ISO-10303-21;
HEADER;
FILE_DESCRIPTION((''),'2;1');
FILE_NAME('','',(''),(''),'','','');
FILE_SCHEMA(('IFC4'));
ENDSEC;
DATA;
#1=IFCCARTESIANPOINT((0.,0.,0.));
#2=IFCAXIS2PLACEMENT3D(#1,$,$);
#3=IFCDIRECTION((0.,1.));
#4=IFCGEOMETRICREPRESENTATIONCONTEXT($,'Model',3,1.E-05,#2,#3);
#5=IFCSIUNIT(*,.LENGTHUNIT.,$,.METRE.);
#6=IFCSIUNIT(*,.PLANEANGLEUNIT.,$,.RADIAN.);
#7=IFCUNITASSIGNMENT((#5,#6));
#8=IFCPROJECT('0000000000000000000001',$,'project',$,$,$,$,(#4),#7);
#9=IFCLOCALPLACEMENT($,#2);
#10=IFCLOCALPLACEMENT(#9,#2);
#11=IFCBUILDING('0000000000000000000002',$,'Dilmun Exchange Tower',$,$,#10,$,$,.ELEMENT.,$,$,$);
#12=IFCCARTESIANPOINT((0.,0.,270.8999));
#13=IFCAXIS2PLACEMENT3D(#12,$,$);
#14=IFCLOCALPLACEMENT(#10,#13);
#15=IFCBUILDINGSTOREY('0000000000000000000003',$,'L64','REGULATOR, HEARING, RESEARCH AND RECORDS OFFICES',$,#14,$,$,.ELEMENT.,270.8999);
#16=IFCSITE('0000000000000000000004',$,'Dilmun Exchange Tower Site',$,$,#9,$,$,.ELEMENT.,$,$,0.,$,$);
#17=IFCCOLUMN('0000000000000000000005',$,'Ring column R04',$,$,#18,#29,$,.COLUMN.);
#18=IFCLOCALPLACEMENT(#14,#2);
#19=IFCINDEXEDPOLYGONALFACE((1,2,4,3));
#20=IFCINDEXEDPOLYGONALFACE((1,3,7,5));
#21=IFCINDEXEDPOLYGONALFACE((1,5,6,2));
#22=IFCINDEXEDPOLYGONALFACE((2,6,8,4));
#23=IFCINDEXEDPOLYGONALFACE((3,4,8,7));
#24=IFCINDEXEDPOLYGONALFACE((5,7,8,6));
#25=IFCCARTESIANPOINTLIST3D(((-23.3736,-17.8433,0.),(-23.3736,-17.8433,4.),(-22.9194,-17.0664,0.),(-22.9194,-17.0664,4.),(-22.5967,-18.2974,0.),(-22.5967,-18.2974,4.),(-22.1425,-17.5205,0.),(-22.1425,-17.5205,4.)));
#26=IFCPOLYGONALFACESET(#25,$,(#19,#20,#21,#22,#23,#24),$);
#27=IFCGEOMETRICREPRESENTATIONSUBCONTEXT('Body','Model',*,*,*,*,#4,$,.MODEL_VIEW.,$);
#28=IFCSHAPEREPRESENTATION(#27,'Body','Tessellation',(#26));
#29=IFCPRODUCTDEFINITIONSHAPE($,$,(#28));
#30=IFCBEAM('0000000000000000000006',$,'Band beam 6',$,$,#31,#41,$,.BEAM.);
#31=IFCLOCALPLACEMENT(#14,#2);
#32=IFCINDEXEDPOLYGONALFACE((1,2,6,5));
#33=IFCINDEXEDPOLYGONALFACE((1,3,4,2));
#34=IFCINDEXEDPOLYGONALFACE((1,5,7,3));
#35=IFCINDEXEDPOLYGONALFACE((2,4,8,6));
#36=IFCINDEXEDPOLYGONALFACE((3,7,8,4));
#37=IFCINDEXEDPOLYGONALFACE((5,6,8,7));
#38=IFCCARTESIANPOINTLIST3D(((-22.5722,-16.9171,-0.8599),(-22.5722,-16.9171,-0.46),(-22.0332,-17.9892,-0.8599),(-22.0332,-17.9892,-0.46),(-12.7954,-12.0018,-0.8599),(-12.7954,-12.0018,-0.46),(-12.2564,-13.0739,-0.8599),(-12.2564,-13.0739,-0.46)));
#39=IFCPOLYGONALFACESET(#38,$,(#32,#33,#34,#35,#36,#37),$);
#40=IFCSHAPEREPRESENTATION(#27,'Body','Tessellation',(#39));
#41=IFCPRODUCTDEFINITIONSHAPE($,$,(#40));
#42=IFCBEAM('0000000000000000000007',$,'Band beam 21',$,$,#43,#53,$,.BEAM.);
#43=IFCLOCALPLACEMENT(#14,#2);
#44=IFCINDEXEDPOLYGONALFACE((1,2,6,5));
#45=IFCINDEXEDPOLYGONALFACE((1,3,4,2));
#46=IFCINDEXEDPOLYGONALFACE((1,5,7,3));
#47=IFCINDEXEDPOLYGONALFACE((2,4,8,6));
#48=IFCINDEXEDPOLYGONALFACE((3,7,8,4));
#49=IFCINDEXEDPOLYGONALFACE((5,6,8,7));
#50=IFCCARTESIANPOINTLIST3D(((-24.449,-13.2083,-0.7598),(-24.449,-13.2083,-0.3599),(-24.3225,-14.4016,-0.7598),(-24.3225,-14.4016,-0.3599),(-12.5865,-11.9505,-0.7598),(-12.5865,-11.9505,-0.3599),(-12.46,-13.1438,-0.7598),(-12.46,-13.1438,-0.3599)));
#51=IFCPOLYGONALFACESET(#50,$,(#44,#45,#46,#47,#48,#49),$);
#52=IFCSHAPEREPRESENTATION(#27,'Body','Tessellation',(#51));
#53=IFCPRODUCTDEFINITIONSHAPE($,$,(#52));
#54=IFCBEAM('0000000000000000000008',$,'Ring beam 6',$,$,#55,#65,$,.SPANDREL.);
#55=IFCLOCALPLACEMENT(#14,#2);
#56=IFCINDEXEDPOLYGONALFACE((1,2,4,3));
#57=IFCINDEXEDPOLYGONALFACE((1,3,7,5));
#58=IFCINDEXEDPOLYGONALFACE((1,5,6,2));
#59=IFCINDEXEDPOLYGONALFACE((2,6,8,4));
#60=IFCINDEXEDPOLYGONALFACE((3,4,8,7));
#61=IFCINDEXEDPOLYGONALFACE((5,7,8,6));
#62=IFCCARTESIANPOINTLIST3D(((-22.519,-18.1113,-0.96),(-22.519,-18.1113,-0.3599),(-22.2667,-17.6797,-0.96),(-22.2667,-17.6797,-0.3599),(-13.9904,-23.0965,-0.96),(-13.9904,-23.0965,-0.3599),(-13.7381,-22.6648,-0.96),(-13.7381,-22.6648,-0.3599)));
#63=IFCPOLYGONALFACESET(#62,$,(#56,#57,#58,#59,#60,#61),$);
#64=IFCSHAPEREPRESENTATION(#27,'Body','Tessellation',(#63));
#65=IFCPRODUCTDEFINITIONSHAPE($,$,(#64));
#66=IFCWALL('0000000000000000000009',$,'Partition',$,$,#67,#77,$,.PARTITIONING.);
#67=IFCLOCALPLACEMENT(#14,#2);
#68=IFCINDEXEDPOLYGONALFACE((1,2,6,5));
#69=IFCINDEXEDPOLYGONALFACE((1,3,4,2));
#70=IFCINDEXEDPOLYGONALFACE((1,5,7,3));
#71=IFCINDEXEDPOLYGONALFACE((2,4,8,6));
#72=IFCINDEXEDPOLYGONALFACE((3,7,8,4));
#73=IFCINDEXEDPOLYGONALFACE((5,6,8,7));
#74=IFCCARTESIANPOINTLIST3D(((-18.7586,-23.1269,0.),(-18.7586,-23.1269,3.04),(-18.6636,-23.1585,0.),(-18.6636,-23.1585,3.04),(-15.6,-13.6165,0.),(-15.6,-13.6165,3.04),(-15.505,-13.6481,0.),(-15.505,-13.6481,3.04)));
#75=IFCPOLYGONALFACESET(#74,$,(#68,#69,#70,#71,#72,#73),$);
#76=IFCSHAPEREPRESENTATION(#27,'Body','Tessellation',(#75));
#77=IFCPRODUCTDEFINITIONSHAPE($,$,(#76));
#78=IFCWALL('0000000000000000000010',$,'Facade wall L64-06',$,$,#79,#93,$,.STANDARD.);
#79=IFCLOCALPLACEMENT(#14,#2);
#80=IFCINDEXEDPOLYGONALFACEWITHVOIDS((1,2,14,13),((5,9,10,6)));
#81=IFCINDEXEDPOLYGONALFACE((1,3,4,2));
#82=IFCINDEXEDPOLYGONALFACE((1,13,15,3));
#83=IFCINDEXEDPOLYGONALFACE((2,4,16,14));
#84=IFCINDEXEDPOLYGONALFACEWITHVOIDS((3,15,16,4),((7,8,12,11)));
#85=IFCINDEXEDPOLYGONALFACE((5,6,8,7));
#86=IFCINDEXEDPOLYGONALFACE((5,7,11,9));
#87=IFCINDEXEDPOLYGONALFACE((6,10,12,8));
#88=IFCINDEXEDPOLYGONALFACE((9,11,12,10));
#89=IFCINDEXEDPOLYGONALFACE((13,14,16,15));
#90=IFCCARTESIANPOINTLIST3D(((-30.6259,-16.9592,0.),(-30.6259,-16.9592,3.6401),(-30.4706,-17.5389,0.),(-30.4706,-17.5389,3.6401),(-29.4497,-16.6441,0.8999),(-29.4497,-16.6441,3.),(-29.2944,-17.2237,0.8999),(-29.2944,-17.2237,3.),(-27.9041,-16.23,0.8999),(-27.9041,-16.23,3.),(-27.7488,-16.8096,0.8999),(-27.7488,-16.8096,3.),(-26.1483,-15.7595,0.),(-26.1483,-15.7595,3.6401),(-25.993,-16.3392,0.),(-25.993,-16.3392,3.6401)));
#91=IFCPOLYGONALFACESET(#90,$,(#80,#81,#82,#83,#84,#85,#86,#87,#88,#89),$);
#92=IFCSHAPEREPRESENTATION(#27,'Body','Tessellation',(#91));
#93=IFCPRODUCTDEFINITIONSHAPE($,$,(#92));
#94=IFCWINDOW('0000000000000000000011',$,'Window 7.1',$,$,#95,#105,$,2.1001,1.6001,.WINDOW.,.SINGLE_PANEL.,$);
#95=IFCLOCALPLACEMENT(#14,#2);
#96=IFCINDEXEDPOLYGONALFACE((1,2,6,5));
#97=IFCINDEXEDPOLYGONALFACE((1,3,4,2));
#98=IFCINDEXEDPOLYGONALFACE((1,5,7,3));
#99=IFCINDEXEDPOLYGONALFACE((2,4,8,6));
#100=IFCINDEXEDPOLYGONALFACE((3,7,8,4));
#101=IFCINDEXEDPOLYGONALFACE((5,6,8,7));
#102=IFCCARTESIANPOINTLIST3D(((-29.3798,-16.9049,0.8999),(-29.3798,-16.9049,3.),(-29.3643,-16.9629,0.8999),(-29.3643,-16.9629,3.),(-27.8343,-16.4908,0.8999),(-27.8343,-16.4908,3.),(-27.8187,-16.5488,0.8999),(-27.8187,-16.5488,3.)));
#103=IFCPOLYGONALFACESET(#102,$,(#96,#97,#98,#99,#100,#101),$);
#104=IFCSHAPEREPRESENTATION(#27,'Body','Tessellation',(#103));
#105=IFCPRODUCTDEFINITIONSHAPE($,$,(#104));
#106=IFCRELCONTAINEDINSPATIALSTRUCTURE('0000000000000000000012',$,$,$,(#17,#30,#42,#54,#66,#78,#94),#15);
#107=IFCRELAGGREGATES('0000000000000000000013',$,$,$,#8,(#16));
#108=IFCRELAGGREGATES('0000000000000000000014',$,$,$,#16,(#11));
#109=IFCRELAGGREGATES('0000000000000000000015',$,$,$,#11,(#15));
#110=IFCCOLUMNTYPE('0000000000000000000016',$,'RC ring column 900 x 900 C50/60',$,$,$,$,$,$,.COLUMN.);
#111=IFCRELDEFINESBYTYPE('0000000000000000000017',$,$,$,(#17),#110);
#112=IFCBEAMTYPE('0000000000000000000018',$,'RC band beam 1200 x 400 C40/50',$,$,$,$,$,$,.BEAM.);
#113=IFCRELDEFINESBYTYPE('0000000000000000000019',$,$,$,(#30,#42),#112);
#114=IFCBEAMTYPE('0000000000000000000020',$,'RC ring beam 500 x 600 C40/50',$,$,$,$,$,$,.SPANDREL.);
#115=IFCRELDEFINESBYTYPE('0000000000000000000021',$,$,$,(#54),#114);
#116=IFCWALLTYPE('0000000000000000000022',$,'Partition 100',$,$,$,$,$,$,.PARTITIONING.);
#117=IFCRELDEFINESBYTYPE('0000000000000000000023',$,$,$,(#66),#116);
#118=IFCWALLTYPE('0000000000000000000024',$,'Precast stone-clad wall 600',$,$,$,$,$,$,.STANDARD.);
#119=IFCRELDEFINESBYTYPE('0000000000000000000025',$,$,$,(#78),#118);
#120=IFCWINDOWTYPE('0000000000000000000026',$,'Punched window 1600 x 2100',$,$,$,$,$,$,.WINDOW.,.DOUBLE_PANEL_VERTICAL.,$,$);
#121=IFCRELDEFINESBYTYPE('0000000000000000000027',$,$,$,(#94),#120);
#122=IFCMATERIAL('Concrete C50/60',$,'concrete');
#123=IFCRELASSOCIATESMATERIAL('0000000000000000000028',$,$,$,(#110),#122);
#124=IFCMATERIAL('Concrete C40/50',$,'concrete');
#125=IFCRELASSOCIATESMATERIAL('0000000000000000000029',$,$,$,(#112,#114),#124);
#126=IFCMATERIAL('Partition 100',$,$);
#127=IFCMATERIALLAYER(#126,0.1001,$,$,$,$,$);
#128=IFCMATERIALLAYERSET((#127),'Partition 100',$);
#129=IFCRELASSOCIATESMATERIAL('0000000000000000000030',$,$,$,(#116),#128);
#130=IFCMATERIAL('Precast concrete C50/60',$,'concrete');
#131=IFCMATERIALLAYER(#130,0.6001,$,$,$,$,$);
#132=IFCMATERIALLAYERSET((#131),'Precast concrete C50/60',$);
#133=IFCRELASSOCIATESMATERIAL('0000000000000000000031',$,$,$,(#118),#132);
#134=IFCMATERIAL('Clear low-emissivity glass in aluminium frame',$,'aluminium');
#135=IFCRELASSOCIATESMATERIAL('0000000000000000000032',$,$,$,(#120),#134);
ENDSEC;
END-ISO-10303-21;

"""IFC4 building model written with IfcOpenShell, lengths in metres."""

from ifc_helpers import new_model, si_unit, direction, frame, frame_2d, origin, origin_2d, place, context, subcontext, project, spatial, rectangle, extrude, material, layer, layer_set, material_profile, profile_set, type_object, element, fill, save


model = new_model("IFC4")

# Units and contexts
model_context = context("Model", 3, precision=1e-05, world=origin(), true_north=direction((0.0, 1.0)))
body_context = subcontext(model_context, "Body", "Model", "MODEL_VIEW")
ifc_project = project(units=[si_unit("LENGTHUNIT", "METRE"), si_unit("PLANEANGLEUNIT", "RADIAN")], contexts=[model_context])

# Site, building, storey
site_placement = place(None, origin())
site = spatial("IfcSite", under=ifc_project, at=site_placement, Name="Dilmun Exchange Tower Site", CompositionType="ELEMENT", RefElevation=0.0)
building_placement = place(site_placement, origin())
building = spatial("IfcBuilding", under=site, at=building_placement, Name="Dilmun Exchange Tower", CompositionType="ELEMENT")
storey_placement = place(building_placement, frame((0.0, 0.0, 270.8999)))
storey = spatial("IfcBuildingStorey", under=building, at=storey_placement, Name="L64", Description="REGULATOR, HEARING, RESEARCH AND RECORDS OFFICES", CompositionType="ELEMENT", Elevation=270.8999)

# Column
ifc_material_1 = material(Name="Concrete C50/60", Category="concrete")
ifc_material_profile_1 = material_profile(ifc_material_1, rectangle(XDim=0.8999, YDim=0.8999, at=origin_2d()), Name="900 x 900")
ifc_profile_set_1 = profile_set([ifc_material_profile_1], Name="Concrete C50/60")
column_type = type_object("IfcColumnType", Name="RC ring column 900 x 900 C50/60", PredefinedType="COLUMN", material=ifc_profile_set_1)
column_placement = place(storey_placement, frame((-22.7581, -17.6819, 0.0), z_axis=(0.0, 0.0, 1.0), x_axis=(0.504644, 0.863328, 0.0)))
element("IfcColumn", 1, at=column_placement, inside=storey, type_object=column_type, Name="Ring column R04", PredefinedType="COLUMN", context=body_context, shape_type="SweptSolid", body=[
    extrude(rectangle(XDim=0.8999, YDim=0.8999, at=origin_2d()), origin(), (0.0, 0.0, 1.0), 4.0),
])

# Beams
ifc_material_2 = material(Name="Concrete C40/50", Category="concrete")
ifc_material_profile_2 = material_profile(ifc_material_2, rectangle(XDim=1.2, YDim=0.3999, at=origin_2d()), Name="1200 x 400")
ifc_profile_set_2 = profile_set([ifc_material_profile_2], Name="Concrete C40/50")
beam_type_1 = type_object("IfcBeamType", Name="RC band beam 1200 x 400 C40/50", PredefinedType="BEAM", material=ifc_profile_set_2)
beam_1_placement = place(storey_placement, frame((-22.3027, -17.4531, -0.6599), z_axis=(0.893443, 0.449176, 0.0), x_axis=(-0.449176, 0.893443, 0.0)))
element("IfcBeam", 2, at=beam_1_placement, inside=storey, type_object=beam_type_1, Name="Band beam 6", PredefinedType="BEAM", context=body_context, shape_type="SweptSolid", body=[
    extrude(rectangle(XDim=1.2, YDim=0.3999, at=origin_2d()), origin(), (0.0, 0.0, 1.0), 10.9429),
])
beam_2_placement = place(storey_placement, frame((-24.3857, -13.8049, -0.5598), z_axis=(0.994426, 0.105441, 0.0), x_axis=(-0.105441, 0.994426, 0.0)))
element("IfcBeam", 3, at=beam_2_placement, inside=storey, type_object=beam_type_1, Name="Band beam 21", PredefinedType="BEAM", context=body_context, shape_type="SweptSolid", body=[
    extrude(rectangle(XDim=1.2, YDim=0.3999, at=origin_2d()), origin(), (0.0, 0.0, 1.0), 11.929),
])
ifc_material_profile_3 = material_profile(ifc_material_2, rectangle(XDim=0.5, YDim=0.6001, at=origin_2d()), Name="500 x 600")
ifc_profile_set_3 = profile_set([ifc_material_profile_3], Name="Concrete C40/50")
beam_type_2 = type_object("IfcBeamType", Name="RC ring beam 500 x 600 C40/50", PredefinedType="SPANDREL", material=ifc_profile_set_3)
beam_3_placement = place(storey_placement, frame((-22.3928, -17.8955, -0.6599), z_axis=(0.863333, -0.504635, 0.0), x_axis=(0.504635, 0.863333, 0.0)))
element("IfcBeam", 4, at=beam_3_placement, inside=storey, type_object=beam_type_2, Name="Ring beam 6", PredefinedType="SPANDREL", context=body_context, shape_type="SweptSolid", body=[
    extrude(rectangle(XDim=0.5, YDim=0.6001, at=origin_2d()), origin(), (0.0, 0.0, 1.0), 9.8787),
])

# Wall
ifc_material_3 = material(Name="Partition 100")
ifc_layer_1 = layer(ifc_material_3, 0.1001)
ifc_layer_set_1 = layer_set([ifc_layer_1], Name="Partition 100")
wall_type_1 = type_object("IfcWallType", Name="Partition 100", PredefinedType="PARTITIONING", material=ifc_layer_set_1)
wall_1_placement = place(storey_placement, frame((-18.7112, -23.1428, 0.0), z_axis=(0.0, 0.0, 1.0), x_axis=(0.315197, 0.949026, 0.0)))
element("IfcWall", 5, at=wall_1_placement, inside=storey, type_object=wall_type_1, Name="Partition", PredefinedType="PARTITIONING", context=body_context, shape_type="SweptSolid", body=[
    extrude(rectangle(XDim=10.0212, YDim=0.1001, at=frame_2d((5.0107, 0.0))), origin(), (0.0, 0.0, 1.0), 3.04),
])

# Wall, opening, window
ifc_material_4 = material(Name="Precast concrete C50/60", Category="concrete")
ifc_layer_2 = layer(ifc_material_4, 0.6001)
ifc_layer_set_2 = layer_set([ifc_layer_2], Name="Precast concrete C50/60")
wall_type_2 = type_object("IfcWallType", Name="Precast stone-clad wall 600", PredefinedType="STANDARD", material=ifc_layer_set_2)
wall_2_placement = place(storey_placement, frame((-26.0706, -16.0493, 0.0), z_axis=(0.0, 0.0, 1.0), x_axis=(-0.965928, -0.25881, 0.0)))
wall_2 = element("IfcWall", 6, at=wall_2_placement, inside=storey, type_object=wall_type_2, Name="Facade wall L64-06", PredefinedType="STANDARD", context=body_context, shape_type="SweptSolid", body=[
    extrude(rectangle(XDim=4.6355, YDim=0.6001, at=frame_2d((2.3179, 0.0))), origin(), (0.0, 0.0, 1.0), 3.6401),
])
opening_1_placement = place(wall_2_placement, frame((1.8179, 0.0, 0.8999)))
opening_1 = element("IfcOpeningElement", 7, at=opening_1_placement, cuts=wall_2, PredefinedType="OPENING", context=body_context, shape_type="SweptSolid", body=[
    extrude(rectangle(XDim=1.6001, YDim=2.1001, at=frame_2d((0.8, 1.05))), frame((0.0, 0.3101, 0.0), z_axis=(0.0, -1.0, 0.0), x_axis=(1.0, 0.0, 0.0)), (0.0, 0.0, 1.0), 0.6201),
])
ifc_material_5 = material(Name="Clear low-emissivity glass in aluminium frame", Category="aluminium")
window_type_1 = type_object("IfcWindowType", Name="Punched window 1600 x 2100", PartitioningType="DOUBLE_PANEL_VERTICAL", PredefinedType="WINDOW", material=ifc_material_5)
window_1_placement = place(opening_1_placement, origin())
window_1 = element("IfcWindow", 8, at=window_1_placement, inside=storey, type_object=window_type_1, Name="Window 7.1", OverallHeight=2.1001, OverallWidth=1.6001, PartitioningType="SINGLE_PANEL", PredefinedType="WINDOW", context=body_context, shape_type="SweptSolid", body=[
    extrude(rectangle(XDim=1.6001, YDim=2.1001, at=frame_2d((0.8, 1.05))), frame((0.0, 0.03, 0.0), z_axis=(0.0, -1.0, 0.0), x_axis=(1.0, 0.0, 0.0)), (0.0, 0.0, 1.0), 0.0601),
])
fill(opening_1, window_1)

save(model, "model.ifc")
